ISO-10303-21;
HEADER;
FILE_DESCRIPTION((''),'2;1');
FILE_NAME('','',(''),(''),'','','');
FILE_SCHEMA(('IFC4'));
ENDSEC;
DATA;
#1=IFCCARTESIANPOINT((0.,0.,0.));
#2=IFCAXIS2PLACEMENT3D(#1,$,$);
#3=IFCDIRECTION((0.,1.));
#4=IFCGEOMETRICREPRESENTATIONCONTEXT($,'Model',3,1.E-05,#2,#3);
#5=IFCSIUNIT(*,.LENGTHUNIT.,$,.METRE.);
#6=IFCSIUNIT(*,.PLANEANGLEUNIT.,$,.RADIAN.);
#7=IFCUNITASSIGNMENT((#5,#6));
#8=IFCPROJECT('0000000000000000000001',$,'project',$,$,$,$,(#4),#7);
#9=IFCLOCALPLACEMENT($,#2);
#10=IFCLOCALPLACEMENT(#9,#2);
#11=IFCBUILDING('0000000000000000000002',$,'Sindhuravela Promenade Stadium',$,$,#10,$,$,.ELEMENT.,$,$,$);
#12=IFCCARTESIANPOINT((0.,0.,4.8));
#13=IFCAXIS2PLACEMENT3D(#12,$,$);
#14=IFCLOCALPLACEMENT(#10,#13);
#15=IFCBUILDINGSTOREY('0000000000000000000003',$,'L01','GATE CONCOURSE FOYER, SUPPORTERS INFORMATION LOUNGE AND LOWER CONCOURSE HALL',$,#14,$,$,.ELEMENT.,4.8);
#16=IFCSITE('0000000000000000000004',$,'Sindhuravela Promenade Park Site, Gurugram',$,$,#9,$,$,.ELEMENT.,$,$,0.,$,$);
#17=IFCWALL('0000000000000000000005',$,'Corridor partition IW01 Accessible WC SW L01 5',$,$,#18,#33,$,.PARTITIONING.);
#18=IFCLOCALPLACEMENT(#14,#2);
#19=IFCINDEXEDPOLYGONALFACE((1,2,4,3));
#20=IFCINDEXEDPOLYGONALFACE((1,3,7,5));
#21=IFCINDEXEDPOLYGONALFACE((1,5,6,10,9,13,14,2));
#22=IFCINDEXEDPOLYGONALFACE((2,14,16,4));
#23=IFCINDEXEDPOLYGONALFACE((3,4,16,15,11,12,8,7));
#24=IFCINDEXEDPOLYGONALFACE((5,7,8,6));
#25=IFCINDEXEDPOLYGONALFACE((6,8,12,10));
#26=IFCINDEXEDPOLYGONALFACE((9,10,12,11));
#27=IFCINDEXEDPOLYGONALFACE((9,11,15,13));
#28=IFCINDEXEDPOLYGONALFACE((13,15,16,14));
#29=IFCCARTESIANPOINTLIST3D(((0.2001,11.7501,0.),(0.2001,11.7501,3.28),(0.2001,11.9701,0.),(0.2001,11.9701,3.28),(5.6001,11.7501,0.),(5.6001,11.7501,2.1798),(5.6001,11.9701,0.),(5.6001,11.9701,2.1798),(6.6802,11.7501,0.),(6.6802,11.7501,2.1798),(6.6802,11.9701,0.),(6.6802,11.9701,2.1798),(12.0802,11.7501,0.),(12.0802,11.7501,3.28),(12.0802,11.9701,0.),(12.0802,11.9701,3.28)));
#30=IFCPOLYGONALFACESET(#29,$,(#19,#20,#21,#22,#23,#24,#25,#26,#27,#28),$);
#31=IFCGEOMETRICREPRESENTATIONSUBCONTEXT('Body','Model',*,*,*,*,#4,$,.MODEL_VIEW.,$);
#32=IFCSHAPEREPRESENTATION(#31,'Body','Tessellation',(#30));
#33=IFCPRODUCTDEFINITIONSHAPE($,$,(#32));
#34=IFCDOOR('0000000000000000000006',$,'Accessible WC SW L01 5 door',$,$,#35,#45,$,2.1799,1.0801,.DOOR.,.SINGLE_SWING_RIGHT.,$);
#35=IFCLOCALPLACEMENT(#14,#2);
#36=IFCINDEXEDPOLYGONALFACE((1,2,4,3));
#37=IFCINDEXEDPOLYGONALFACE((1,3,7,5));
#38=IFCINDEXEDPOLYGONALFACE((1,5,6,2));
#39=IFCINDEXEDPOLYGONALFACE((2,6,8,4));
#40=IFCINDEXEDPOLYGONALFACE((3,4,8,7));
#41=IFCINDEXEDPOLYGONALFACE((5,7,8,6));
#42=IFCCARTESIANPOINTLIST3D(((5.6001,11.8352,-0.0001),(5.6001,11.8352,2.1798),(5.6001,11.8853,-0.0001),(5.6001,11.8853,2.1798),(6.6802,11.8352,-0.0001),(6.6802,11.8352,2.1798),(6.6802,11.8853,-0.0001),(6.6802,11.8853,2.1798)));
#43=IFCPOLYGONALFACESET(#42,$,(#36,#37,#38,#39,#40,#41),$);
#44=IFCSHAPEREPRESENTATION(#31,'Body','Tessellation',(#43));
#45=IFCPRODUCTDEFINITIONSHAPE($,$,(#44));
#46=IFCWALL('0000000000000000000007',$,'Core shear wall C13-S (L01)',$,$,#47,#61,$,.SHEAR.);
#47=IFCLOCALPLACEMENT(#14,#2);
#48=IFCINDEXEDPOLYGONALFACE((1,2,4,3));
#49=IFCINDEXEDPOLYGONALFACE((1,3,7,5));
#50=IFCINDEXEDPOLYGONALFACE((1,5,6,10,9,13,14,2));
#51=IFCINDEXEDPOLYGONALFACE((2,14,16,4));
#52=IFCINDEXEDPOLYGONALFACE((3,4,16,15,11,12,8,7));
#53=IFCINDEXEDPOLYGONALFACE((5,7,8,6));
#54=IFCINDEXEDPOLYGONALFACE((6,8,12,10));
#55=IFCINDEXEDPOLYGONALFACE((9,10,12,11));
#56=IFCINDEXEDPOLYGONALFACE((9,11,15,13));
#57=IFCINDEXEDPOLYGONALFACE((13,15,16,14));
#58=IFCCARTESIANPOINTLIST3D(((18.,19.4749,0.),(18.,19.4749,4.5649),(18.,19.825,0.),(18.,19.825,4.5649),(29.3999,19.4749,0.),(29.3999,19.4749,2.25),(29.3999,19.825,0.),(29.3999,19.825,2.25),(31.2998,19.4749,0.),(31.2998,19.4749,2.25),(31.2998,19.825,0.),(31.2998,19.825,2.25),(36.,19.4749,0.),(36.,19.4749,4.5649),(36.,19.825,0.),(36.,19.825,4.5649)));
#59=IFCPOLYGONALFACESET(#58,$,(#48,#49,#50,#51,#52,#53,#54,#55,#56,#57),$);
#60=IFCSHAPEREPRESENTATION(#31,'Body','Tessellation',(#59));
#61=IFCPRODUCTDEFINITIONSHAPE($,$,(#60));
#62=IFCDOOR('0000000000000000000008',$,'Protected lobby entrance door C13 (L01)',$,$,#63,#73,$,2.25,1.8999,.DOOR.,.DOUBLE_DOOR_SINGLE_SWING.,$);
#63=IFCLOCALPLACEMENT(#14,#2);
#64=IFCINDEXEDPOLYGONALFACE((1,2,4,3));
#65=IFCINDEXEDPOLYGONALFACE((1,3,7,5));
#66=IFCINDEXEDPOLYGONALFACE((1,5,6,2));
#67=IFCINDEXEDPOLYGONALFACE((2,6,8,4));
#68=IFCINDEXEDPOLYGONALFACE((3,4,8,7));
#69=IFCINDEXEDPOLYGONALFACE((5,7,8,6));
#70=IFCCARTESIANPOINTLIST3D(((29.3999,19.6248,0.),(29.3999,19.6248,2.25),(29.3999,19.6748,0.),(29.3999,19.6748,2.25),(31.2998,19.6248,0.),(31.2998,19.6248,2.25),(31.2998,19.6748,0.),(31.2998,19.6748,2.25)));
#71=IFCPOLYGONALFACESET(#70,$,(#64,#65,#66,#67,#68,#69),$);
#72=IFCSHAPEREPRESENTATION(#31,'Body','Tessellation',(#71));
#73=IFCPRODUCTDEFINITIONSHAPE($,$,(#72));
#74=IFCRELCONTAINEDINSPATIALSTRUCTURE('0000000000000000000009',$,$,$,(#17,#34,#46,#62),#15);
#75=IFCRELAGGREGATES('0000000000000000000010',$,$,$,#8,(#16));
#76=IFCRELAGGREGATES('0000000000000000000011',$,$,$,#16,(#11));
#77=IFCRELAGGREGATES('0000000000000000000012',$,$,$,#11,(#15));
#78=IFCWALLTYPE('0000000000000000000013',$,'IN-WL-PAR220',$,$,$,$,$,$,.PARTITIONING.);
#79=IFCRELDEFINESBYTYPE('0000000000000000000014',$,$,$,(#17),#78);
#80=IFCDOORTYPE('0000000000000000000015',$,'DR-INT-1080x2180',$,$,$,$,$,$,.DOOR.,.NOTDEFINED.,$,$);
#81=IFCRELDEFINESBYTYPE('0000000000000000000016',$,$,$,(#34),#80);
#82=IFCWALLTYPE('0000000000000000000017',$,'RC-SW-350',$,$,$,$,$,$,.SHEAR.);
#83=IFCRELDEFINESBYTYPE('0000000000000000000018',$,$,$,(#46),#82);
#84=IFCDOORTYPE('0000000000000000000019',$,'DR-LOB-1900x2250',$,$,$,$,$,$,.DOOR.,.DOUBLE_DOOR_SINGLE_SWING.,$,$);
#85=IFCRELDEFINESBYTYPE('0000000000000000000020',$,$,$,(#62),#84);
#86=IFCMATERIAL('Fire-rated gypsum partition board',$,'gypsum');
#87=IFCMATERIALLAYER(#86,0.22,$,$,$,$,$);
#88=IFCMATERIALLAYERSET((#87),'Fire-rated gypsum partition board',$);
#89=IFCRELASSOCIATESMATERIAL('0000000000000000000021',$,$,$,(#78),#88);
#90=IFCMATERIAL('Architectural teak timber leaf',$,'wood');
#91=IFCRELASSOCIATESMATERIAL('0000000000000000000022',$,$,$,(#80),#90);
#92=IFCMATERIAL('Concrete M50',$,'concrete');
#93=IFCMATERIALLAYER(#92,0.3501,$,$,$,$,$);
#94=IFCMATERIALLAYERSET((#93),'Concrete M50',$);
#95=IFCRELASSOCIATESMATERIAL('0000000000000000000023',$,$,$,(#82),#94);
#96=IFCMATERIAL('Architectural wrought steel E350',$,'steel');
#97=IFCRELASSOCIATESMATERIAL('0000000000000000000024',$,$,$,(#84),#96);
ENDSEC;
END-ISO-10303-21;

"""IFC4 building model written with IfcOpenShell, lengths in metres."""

from ifc_helpers import new_model, si_unit, direction, frame, frame_2d, origin, place, context, subcontext, project, spatial, rectangle, extrude, material, layer, layer_set, type_object, element, fill, save


model = new_model("IFC4")

# Units and contexts
model_context = context("Model", 3, precision=1e-05, world=origin(), true_north=direction((0.0, 1.0)))
body_context = subcontext(model_context, "Body", "Model", "MODEL_VIEW")
ifc_project = project(units=[si_unit("LENGTHUNIT", "METRE"), si_unit("PLANEANGLEUNIT", "RADIAN")], contexts=[model_context])

# Site, building, storey
site_placement = place(None, origin())
site = spatial("IfcSite", under=ifc_project, at=site_placement, Name="Sindhuravela Promenade Park Site, Gurugram", CompositionType="ELEMENT", RefElevation=0.0)
building_placement = place(site_placement, origin())
building = spatial("IfcBuilding", under=site, at=building_placement, Name="Sindhuravela Promenade Stadium", CompositionType="ELEMENT")
storey_placement = place(building_placement, frame((0.0, 0.0, 4.8)))
storey = spatial("IfcBuildingStorey", under=building, at=storey_placement, Name="L01", Description="GATE CONCOURSE FOYER, SUPPORTERS INFORMATION LOUNGE AND LOWER CONCOURSE HALL", CompositionType="ELEMENT", Elevation=4.8)

# Shared definitions
ifc_material_1 = material(Name="Fire-rated gypsum partition board", Category="gypsum")
ifc_material_2 = material(Name="Architectural teak timber leaf", Category="wood")

# Shared definitions
ifc_layer_1 = layer(ifc_material_1, 0.22)
ifc_layer_set_1 = layer_set([ifc_layer_1], Name="Fire-rated gypsum partition board")
wall_type_1 = type_object("IfcWallType", Name="IN-WL-PAR220", PredefinedType="PARTITIONING", material=ifc_layer_set_1)

# Walls, openings, doors
wall_1_placement = place(storey_placement, frame((12.0801, 11.8601, 0.0), z_axis=(0.0, 0.0, 1.0), x_axis=(-1.0, 0.0, 0.0)))
wall_1 = element("IfcWall", 1, at=wall_1_placement, inside=storey, type_object=wall_type_1, Name="Corridor partition IW01 Accessible WC SW L01 5", PredefinedType="PARTITIONING", context=body_context, shape_type="SweptSolid", body=[
    extrude(rectangle(XDim=11.8801, YDim=0.22, at=frame_2d((5.9399, 0.0))), origin(), (0.0, 0.0, 1.0), 3.28),
])
opening_1_placement = place(wall_1_placement, frame((5.3999, 0.0, 0.0)))
opening_1 = element("IfcOpeningElement", 2, at=opening_1_placement, cuts=wall_1, PredefinedType="OPENING", context=body_context, shape_type="SweptSolid", body=[
    extrude(rectangle(XDim=1.0801, YDim=2.1799, at=frame_2d((0.54, 1.0898))), frame((0.0, 0.1199, 0.0), z_axis=(0.0, -1.0, 0.0), x_axis=(1.0, 0.0, 0.0)), (0.0, 0.0, 1.0), 0.24),
])
door_type_1 = type_object("IfcDoorType", Name="DR-INT-1080x2180", OperationType="NOTDEFINED", PredefinedType="DOOR", material=ifc_material_2)
door_1_placement = place(opening_1_placement, origin())
door_1 = element("IfcDoor", 3, at=door_1_placement, inside=storey, type_object=door_type_1, Name="Accessible WC SW L01 5 door", OperationType="SINGLE_SWING_RIGHT", OverallHeight=2.1799, OverallWidth=1.0801, PredefinedType="DOOR", context=body_context, shape_type="SweptSolid", body=[
    extrude(rectangle(XDim=1.0801, YDim=2.1799, at=frame_2d((0.54, 1.0898))), frame((0.0, 0.0249, 0.0), z_axis=(0.0, -1.0, 0.0), x_axis=(1.0, 0.0, 0.0)), (0.0, 0.0, 1.0), 0.05),
])
fill(opening_1, door_1)
ifc_material_3 = material(Name="Concrete M50", Category="concrete")
ifc_layer_2 = layer(ifc_material_3, 0.3501)
ifc_layer_set_2 = layer_set([ifc_layer_2], Name="Concrete M50")
wall_type_2 = type_object("IfcWallType", Name="RC-SW-350", PredefinedType="SHEAR", material=ifc_layer_set_2)
wall_2_placement = place(storey_placement, frame((18.0, 19.6499, 0.0), z_axis=(0.0, 0.0, 1.0), x_axis=(1.0, 0.0, 0.0)))
wall_2 = element("IfcWall", 4, at=wall_2_placement, inside=storey, type_object=wall_type_2, Name="Core shear wall C13-S (L01)", PredefinedType="SHEAR", context=body_context, shape_type="SweptSolid", body=[
    extrude(rectangle(XDim=18.0, YDim=0.3501, at=frame_2d((9.0, 0.0))), origin(), (0.0, 0.0, 1.0), 4.5649),
])
opening_2_placement = place(wall_2_placement, frame((11.3999, 0.0, 0.0)))
opening_2 = element("IfcOpeningElement", 5, at=opening_2_placement, cuts=wall_2, PredefinedType="OPENING", context=body_context, shape_type="SweptSolid", body=[
    extrude(rectangle(XDim=1.8999, YDim=2.25, at=frame_2d((0.95, 1.125))), frame((0.0, 0.1851, 0.0), z_axis=(0.0, -1.0, 0.0), x_axis=(1.0, 0.0, 0.0)), (0.0, 0.0, 1.0), 0.3701),
])
ifc_material_4 = material(Name="Architectural wrought steel E350", Category="steel")
door_type_2 = type_object("IfcDoorType", Name="DR-LOB-1900x2250", OperationType="DOUBLE_DOOR_SINGLE_SWING", PredefinedType="DOOR", material=ifc_material_4)
door_2_placement = place(opening_2_placement, origin())
door_2 = element("IfcDoor", 6, at=door_2_placement, inside=storey, type_object=door_type_2, Name="Protected lobby entrance door C13 (L01)", OperationType="DOUBLE_DOOR_SINGLE_SWING", OverallHeight=2.25, OverallWidth=1.8999, PredefinedType="DOOR", context=body_context, shape_type="SweptSolid", body=[
    extrude(rectangle(XDim=1.8999, YDim=2.25, at=frame_2d((0.95, 1.125))), frame((0.0, 0.0249, 0.0), z_axis=(0.0, -1.0, 0.0), x_axis=(1.0, 0.0, 0.0)), (0.0, 0.0, 1.0), 0.05),
])
fill(opening_2, door_2)

save(model, "model.ifc")
